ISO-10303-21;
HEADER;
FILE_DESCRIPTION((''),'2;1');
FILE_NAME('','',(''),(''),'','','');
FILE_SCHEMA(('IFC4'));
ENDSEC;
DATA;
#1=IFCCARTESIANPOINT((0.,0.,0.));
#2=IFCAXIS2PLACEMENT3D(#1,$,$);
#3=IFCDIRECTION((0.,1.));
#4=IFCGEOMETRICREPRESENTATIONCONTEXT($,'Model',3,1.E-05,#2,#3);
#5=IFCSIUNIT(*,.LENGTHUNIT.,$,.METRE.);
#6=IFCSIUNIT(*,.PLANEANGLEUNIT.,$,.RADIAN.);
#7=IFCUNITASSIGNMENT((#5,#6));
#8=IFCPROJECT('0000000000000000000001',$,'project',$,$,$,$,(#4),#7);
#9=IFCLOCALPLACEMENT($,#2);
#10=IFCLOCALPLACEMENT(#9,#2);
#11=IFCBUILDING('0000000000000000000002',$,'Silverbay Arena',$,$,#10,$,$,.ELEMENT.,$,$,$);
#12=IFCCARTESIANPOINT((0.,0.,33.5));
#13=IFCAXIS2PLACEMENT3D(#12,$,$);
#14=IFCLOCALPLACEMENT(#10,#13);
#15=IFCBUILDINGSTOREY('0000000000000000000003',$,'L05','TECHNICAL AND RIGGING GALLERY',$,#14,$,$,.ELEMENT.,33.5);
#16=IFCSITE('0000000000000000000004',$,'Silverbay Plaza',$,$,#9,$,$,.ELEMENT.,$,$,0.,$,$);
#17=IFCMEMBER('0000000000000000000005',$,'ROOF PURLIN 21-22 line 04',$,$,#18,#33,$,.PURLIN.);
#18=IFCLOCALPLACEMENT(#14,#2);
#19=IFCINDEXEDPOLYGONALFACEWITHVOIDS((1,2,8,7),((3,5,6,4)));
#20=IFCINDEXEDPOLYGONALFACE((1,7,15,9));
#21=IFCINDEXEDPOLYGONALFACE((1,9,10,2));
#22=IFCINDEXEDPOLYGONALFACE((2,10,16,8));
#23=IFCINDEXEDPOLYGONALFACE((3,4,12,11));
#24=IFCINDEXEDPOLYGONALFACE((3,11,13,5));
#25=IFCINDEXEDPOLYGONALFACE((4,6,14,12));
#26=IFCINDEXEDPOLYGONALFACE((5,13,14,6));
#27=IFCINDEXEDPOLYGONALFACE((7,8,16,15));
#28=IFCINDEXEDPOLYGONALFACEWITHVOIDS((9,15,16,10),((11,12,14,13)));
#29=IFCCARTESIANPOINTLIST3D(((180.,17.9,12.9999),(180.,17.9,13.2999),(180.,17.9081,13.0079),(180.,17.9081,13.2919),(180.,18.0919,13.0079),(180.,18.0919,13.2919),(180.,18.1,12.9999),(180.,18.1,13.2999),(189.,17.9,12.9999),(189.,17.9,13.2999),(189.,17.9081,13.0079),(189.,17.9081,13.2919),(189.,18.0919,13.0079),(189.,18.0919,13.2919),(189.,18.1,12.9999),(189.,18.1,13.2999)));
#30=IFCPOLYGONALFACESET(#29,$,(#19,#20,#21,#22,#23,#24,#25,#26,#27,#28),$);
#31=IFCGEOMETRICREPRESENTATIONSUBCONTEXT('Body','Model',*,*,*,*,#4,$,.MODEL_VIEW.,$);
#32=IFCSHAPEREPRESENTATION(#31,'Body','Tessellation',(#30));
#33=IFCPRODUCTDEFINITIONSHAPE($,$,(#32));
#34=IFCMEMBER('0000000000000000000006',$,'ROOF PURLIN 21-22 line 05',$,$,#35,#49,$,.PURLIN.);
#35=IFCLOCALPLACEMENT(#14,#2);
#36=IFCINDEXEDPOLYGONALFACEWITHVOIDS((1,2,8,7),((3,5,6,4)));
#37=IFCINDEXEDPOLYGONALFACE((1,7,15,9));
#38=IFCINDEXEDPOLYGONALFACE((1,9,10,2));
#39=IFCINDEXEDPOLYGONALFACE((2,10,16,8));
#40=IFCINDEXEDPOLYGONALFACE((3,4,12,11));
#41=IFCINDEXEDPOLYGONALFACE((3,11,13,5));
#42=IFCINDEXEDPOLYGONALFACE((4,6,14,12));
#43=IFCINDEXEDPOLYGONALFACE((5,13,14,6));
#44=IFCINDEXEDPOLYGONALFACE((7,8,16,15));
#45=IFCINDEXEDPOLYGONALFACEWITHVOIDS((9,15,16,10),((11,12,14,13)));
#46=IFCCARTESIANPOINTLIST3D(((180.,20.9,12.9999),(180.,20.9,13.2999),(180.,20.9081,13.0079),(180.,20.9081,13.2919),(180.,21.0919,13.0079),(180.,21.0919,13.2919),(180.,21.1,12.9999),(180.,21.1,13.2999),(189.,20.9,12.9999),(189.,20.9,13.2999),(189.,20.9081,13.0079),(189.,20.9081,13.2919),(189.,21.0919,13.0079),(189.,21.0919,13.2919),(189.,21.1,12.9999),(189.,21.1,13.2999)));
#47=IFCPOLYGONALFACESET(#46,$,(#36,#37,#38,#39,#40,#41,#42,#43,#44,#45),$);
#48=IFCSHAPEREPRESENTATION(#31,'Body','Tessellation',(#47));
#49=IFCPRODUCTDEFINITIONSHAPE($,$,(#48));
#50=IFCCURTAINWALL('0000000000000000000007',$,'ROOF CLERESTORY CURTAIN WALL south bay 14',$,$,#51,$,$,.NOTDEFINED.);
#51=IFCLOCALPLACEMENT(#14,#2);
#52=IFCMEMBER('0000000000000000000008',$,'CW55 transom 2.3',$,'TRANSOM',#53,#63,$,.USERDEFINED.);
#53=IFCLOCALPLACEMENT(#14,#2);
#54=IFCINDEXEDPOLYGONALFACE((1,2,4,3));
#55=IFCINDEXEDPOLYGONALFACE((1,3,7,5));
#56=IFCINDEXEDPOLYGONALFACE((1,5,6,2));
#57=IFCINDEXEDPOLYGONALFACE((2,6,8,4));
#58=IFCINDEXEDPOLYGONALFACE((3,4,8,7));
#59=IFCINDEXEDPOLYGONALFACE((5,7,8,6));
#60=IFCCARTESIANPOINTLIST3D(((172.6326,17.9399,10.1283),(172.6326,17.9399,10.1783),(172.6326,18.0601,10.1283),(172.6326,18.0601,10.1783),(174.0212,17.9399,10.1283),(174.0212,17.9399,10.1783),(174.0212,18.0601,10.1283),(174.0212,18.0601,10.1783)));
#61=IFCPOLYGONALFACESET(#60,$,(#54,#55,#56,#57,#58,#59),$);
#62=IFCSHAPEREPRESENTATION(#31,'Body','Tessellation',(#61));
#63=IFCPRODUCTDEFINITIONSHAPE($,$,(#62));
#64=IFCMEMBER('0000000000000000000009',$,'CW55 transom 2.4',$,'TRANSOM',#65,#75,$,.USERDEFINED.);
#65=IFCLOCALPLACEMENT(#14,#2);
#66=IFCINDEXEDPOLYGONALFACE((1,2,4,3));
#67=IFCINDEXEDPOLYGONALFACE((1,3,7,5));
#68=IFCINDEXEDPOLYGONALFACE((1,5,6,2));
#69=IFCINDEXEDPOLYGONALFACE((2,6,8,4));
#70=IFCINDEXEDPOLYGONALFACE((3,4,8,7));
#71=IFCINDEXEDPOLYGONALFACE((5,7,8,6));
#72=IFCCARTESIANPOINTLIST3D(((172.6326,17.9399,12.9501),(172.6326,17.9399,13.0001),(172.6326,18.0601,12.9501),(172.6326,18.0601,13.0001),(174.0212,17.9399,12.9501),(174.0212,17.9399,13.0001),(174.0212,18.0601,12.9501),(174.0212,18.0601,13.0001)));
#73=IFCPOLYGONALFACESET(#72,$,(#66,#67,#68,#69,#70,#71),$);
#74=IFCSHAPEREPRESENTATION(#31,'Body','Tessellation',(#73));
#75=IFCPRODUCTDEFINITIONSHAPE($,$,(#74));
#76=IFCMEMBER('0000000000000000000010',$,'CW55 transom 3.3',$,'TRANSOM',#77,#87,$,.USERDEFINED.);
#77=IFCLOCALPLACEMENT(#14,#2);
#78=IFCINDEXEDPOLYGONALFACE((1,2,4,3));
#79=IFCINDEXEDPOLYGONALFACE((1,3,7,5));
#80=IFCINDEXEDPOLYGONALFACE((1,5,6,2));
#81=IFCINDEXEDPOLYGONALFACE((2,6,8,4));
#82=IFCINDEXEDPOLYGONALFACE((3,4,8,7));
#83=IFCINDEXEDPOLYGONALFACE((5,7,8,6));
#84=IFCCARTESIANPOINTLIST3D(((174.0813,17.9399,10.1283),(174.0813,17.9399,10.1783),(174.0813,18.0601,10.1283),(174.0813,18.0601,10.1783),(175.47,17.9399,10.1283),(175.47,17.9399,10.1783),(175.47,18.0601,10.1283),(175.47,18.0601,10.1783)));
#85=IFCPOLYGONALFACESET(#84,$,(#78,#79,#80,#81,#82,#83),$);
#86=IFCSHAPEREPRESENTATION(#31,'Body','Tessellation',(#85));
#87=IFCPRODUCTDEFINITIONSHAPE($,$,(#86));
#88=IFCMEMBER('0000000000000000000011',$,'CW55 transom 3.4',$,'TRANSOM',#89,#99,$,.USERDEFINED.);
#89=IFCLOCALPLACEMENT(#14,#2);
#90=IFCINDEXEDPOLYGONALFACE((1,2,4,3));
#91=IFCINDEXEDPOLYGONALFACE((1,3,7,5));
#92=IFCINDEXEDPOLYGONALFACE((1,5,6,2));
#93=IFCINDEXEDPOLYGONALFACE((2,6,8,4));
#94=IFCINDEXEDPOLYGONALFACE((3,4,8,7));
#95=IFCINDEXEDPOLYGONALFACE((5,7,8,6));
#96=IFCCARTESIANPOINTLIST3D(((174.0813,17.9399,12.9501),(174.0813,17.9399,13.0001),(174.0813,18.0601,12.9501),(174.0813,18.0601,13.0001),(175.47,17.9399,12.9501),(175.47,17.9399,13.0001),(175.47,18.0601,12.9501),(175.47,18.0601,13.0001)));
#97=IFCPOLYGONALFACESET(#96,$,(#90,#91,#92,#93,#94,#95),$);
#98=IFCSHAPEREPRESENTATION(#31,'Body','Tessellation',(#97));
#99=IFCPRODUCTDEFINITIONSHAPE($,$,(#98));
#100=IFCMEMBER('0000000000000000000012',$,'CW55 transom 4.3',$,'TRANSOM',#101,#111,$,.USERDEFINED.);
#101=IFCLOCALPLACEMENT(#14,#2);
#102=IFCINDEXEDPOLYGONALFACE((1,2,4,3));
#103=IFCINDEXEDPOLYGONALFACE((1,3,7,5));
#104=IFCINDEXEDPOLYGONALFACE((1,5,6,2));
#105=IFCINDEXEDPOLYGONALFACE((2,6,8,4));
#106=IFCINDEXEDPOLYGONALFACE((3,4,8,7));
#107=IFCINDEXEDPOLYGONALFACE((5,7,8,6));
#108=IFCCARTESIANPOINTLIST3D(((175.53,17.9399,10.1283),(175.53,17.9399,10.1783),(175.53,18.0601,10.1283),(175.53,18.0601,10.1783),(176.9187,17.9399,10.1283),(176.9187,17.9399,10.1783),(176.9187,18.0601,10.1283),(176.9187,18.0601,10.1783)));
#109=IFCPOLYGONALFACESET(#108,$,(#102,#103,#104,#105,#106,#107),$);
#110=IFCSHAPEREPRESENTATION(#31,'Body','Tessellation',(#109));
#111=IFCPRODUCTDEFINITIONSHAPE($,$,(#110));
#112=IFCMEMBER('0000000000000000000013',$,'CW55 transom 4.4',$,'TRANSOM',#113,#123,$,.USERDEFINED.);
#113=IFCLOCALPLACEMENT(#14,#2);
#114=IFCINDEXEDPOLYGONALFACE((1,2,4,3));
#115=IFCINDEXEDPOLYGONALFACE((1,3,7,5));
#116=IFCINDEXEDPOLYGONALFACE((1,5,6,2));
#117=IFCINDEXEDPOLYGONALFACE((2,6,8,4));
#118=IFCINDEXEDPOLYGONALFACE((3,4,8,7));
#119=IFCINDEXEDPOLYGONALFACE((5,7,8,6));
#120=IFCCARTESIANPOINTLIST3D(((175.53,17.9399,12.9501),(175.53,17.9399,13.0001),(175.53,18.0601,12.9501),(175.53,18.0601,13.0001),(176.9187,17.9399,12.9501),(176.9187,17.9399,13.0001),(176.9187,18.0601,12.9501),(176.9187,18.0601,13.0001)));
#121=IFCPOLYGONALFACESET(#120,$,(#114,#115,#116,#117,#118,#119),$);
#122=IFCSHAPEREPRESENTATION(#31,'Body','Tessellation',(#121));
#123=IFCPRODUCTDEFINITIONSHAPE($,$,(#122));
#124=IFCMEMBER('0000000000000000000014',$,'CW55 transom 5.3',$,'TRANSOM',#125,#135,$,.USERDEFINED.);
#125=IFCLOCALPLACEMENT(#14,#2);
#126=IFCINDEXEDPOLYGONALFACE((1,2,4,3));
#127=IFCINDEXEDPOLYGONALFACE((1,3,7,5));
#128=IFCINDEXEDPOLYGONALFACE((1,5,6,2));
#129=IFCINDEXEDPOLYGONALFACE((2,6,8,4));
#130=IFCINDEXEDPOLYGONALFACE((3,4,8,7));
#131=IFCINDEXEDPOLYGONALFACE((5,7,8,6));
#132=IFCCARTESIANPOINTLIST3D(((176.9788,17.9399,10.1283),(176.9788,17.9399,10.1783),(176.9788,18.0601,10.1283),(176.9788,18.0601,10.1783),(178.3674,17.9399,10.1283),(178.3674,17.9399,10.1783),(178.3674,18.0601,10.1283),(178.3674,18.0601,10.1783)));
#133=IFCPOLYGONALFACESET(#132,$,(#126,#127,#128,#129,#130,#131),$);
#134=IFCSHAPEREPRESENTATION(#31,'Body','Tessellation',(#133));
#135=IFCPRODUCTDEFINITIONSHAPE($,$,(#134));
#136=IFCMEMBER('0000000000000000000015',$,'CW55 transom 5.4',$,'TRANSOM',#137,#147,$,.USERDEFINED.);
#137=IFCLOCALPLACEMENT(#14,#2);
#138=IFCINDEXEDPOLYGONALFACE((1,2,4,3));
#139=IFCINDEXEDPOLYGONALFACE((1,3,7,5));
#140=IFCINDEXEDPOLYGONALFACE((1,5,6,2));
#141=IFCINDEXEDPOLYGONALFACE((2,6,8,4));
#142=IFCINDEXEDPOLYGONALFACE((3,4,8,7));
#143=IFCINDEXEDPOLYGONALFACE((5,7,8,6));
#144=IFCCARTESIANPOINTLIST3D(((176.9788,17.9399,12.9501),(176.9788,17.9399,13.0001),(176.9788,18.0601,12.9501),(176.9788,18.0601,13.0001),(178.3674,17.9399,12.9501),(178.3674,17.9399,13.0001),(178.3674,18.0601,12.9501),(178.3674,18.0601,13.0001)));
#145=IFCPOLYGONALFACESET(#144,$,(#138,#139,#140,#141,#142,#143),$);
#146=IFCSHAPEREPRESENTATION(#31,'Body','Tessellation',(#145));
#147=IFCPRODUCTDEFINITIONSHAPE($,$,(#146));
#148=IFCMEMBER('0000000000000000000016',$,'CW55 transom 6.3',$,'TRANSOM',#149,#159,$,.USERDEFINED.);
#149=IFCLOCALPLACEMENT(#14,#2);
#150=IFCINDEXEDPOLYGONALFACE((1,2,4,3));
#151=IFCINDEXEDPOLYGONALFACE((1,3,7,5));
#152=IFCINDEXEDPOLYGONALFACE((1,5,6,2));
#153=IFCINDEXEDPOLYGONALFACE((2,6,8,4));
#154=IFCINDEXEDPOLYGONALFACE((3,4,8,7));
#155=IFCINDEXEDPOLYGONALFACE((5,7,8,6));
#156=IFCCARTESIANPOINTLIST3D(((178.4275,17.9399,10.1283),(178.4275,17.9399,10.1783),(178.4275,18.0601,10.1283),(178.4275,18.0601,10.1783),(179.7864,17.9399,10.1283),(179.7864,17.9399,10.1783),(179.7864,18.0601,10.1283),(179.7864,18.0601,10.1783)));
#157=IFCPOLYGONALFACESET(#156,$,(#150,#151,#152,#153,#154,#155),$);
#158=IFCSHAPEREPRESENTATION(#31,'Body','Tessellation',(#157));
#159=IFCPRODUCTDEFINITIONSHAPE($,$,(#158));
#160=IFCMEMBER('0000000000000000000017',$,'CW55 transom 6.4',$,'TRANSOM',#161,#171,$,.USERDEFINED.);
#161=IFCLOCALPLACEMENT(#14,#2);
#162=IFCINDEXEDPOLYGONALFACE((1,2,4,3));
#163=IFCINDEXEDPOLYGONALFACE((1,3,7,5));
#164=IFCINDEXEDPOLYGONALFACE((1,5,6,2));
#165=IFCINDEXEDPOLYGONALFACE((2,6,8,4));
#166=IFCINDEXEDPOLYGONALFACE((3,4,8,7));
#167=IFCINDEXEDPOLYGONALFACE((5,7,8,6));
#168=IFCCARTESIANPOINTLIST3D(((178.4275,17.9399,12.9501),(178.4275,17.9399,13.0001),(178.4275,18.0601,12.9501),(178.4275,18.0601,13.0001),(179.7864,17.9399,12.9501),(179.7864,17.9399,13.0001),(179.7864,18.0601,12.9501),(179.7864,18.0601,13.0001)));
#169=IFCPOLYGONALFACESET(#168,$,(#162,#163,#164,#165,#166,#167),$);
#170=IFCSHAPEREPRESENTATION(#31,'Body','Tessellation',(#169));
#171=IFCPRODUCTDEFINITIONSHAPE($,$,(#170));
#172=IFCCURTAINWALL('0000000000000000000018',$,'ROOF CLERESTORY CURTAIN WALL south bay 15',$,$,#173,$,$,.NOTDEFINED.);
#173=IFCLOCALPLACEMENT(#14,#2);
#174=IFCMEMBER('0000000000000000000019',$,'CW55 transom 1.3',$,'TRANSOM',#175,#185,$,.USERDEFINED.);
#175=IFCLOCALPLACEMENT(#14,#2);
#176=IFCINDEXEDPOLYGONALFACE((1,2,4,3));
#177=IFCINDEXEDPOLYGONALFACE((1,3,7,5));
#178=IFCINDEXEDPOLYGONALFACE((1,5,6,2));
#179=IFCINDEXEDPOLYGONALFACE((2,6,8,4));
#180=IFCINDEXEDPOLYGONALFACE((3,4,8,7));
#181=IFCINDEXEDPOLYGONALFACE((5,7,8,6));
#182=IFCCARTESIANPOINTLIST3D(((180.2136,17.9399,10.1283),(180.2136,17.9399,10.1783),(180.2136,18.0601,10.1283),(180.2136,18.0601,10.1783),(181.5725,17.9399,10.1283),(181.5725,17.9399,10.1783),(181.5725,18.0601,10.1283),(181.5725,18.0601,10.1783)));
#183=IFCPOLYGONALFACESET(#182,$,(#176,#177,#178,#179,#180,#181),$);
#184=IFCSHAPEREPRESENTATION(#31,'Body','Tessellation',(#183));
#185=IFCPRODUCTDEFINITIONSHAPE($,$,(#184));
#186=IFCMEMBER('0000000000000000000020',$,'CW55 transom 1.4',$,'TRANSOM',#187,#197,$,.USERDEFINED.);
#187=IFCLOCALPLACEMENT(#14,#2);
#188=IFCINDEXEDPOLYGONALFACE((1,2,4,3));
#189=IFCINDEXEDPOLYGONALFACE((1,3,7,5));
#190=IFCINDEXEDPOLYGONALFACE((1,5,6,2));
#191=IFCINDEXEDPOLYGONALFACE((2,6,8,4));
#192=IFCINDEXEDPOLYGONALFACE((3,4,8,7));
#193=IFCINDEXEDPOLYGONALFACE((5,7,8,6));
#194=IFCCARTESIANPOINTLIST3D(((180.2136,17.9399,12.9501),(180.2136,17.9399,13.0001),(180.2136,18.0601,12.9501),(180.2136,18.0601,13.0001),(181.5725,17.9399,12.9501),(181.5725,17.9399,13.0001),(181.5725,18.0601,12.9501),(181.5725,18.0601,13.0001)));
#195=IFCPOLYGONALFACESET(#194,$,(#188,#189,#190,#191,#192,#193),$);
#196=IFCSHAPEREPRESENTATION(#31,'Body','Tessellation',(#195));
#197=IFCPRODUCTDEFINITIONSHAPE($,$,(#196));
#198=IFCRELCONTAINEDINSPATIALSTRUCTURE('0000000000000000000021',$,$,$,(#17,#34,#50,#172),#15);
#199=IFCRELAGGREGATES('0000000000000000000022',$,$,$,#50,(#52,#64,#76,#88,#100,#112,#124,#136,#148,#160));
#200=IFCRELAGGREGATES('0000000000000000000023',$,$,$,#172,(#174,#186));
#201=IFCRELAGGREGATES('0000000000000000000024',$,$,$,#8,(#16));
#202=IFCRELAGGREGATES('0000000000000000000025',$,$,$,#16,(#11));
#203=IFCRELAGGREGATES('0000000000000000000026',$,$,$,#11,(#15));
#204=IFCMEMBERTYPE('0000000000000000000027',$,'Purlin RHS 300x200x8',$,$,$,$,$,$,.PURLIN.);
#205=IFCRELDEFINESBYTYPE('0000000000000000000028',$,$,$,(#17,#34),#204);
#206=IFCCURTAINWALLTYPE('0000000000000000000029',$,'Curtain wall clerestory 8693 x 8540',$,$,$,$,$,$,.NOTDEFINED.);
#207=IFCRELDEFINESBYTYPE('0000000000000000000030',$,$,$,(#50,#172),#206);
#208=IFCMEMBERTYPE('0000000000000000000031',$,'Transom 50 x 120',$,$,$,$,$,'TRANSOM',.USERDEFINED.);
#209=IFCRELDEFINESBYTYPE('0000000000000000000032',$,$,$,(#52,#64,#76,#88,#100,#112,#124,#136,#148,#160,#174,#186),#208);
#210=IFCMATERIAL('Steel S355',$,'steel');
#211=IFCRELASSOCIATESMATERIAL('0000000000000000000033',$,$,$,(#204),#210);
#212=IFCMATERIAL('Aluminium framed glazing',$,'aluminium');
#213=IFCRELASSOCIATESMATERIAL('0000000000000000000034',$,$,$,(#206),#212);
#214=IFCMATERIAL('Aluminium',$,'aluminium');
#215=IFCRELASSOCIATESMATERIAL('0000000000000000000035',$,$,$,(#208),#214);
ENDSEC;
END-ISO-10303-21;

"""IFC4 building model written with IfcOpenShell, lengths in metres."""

from ifc_helpers import new_model, si_unit, direction, frame, origin, origin_2d, place, context, subcontext, project, spatial, rectangle, hollow_rectangle, extrude, material, material_profile, profile_set, type_object, element, aggregate, save


model = new_model("IFC4")

# Units and contexts
model_context = context("Model", 3, precision=1e-05, world=origin(), true_north=direction((0.0, 1.0)))
body_context = subcontext(model_context, "Body", "Model", "MODEL_VIEW")
ifc_project = project(units=[si_unit("LENGTHUNIT", "METRE"), si_unit("PLANEANGLEUNIT", "RADIAN")], contexts=[model_context])

# Site, building, storey
site_placement = place(None, origin())
site = spatial("IfcSite", under=ifc_project, at=site_placement, Name="Silverbay Plaza", CompositionType="ELEMENT", RefElevation=0.0)
building_placement = place(site_placement, origin())
building = spatial("IfcBuilding", under=site, at=building_placement, Name="Silverbay Arena", CompositionType="ELEMENT")
storey_placement = place(building_placement, frame((0.0, 0.0, 33.5)))
storey = spatial("IfcBuildingStorey", under=building, at=storey_placement, Name="L05", Description="TECHNICAL AND RIGGING GALLERY", CompositionType="ELEMENT", Elevation=33.5)

# Members
ifc_material_1 = material(Name="Steel S355", Category="steel")
ifc_material_profile_1 = material_profile(ifc_material_1, hollow_rectangle(XDim=0.2, YDim=0.3, WallThickness=0.0081, at=origin_2d()), Name="RHS 300x200x8")
ifc_profile_set_1 = profile_set([ifc_material_profile_1], Name="Steel S355")
member_type_1 = type_object("IfcMemberType", Name="Purlin RHS 300x200x8", PredefinedType="PURLIN", material=ifc_profile_set_1)
for number, where, z_axis, x_axis, name in (
    (1, (180.0, 18.0, 13.1499), (1.0, 0.0, 0.0), (0.0, 1.0, 0.0), "ROOF PURLIN 21-22 line 04"),
    (2, (180.0, 21.0, 13.1499), (1.0, 0.0, 0.0), (0.0, 1.0, 0.0), "ROOF PURLIN 21-22 line 05"),
):
    element("IfcMember", number, at=place(storey_placement, frame(where, z_axis=z_axis, x_axis=x_axis)), inside=storey, type_object=member_type_1, Name=name, PredefinedType="PURLIN", context=body_context, shape_type="SweptSolid", body=[
        extrude(hollow_rectangle(XDim=0.2, YDim=0.3, WallThickness=0.0081, at=origin_2d()), origin(), (0.0, 0.0, 1.0), 9.0),
    ])

# Curtain walls, members
ifc_material_2 = material(Name="Aluminium framed glazing", Category="aluminium")
curtain_wall_type = type_object("IfcCurtainWallType", Name="Curtain wall clerestory 8693 x 8540", PredefinedType="NOTDEFINED", material=ifc_material_2)
curtain_wall_1_placement = place(storey_placement, origin())
curtain_wall_1 = element("IfcCurtainWall", 3, at=curtain_wall_1_placement, inside=storey, type_object=curtain_wall_type, Name="ROOF CLERESTORY CURTAIN WALL south bay 14", PredefinedType="NOTDEFINED")
ifc_material_3 = material(Name="Aluminium", Category="aluminium")
ifc_material_profile_2 = material_profile(ifc_material_3, rectangle(XDim=0.1201, YDim=0.05, at=origin_2d()), Name="Transom 50 x 120")
ifc_profile_set_2 = profile_set([ifc_material_profile_2], Name="Aluminium")
member_type_2 = type_object("IfcMemberType", Name="Transom 50 x 120", ElementType="TRANSOM", PredefinedType="USERDEFINED", material=ifc_profile_set_2)
member_1_placement = place(storey_placement, frame((172.6326, 18.0, 10.1533), z_axis=(1.0, 0.0, 0.0), x_axis=(0.0, 1.0, 0.0)))
member_1 = element("IfcMember", 4, at=member_1_placement, type_object=member_type_2, Name="CW55 transom 2.3", ObjectType="TRANSOM", PredefinedType="USERDEFINED", context=body_context, shape_type="SweptSolid", body=[
    extrude(rectangle(XDim=0.1201, YDim=0.05, at=origin_2d()), origin(), (0.0, 0.0, 1.0), 1.3887),
])
member_2_placement = place(storey_placement, frame((172.6326, 18.0, 12.9751), z_axis=(1.0, 0.0, 0.0), x_axis=(0.0, 1.0, 0.0)))
member_2 = element("IfcMember", 5, at=member_2_placement, type_object=member_type_2, Name="CW55 transom 2.4", ObjectType="TRANSOM", PredefinedType="USERDEFINED", context=body_context, shape_type="SweptSolid", body=[
    extrude(rectangle(XDim=0.1201, YDim=0.05, at=origin_2d()), origin(), (0.0, 0.0, 1.0), 1.3887),
])
member_3_placement = place(storey_placement, frame((174.0813, 18.0, 10.1533), z_axis=(1.0, 0.0, 0.0), x_axis=(0.0, 1.0, 0.0)))
member_3 = element("IfcMember", 6, at=member_3_placement, type_object=member_type_2, Name="CW55 transom 3.3", ObjectType="TRANSOM", PredefinedType="USERDEFINED", context=body_context, shape_type="SweptSolid", body=[
    extrude(rectangle(XDim=0.1201, YDim=0.05, at=origin_2d()), origin(), (0.0, 0.0, 1.0), 1.3887),
])
member_4_placement = place(storey_placement, frame((174.0813, 18.0, 12.9751), z_axis=(1.0, 0.0, 0.0), x_axis=(0.0, 1.0, 0.0)))
member_4 = element("IfcMember", 7, at=member_4_placement, type_object=member_type_2, Name="CW55 transom 3.4", ObjectType="TRANSOM", PredefinedType="USERDEFINED", context=body_context, shape_type="SweptSolid", body=[
    extrude(rectangle(XDim=0.1201, YDim=0.05, at=origin_2d()), origin(), (0.0, 0.0, 1.0), 1.3887),
])
member_5_placement = place(storey_placement, frame((175.53, 18.0, 10.1533), z_axis=(1.0, 0.0, 0.0), x_axis=(0.0, 1.0, 0.0)))
member_5 = element("IfcMember", 8, at=member_5_placement, type_object=member_type_2, Name="CW55 transom 4.3", ObjectType="TRANSOM", PredefinedType="USERDEFINED", context=body_context, shape_type="SweptSolid", body=[
    extrude(rectangle(XDim=0.1201, YDim=0.05, at=origin_2d()), origin(), (0.0, 0.0, 1.0), 1.3887),
])
member_6_placement = place(storey_placement, frame((175.53, 18.0, 12.9751), z_axis=(1.0, 0.0, 0.0), x_axis=(0.0, 1.0, 0.0)))
member_6 = element("IfcMember", 9, at=member_6_placement, type_object=member_type_2, Name="CW55 transom 4.4", ObjectType="TRANSOM", PredefinedType="USERDEFINED", context=body_context, shape_type="SweptSolid", body=[
    extrude(rectangle(XDim=0.1201, YDim=0.05, at=origin_2d()), origin(), (0.0, 0.0, 1.0), 1.3887),
])
member_7_placement = place(storey_placement, frame((176.9788, 18.0, 10.1533), z_axis=(1.0, 0.0, 0.0), x_axis=(0.0, 1.0, 0.0)))
member_7 = element("IfcMember", 10, at=member_7_placement, type_object=member_type_2, Name="CW55 transom 5.3", ObjectType="TRANSOM", PredefinedType="USERDEFINED", context=body_context, shape_type="SweptSolid", body=[
    extrude(rectangle(XDim=0.1201, YDim=0.05, at=origin_2d()), origin(), (0.0, 0.0, 1.0), 1.3887),
])
member_8_placement = place(storey_placement, frame((176.9788, 18.0, 12.9751), z_axis=(1.0, 0.0, 0.0), x_axis=(0.0, 1.0, 0.0)))
member_8 = element("IfcMember", 11, at=member_8_placement, type_object=member_type_2, Name="CW55 transom 5.4", ObjectType="TRANSOM", PredefinedType="USERDEFINED", context=body_context, shape_type="SweptSolid", body=[
    extrude(rectangle(XDim=0.1201, YDim=0.05, at=origin_2d()), origin(), (0.0, 0.0, 1.0), 1.3887),
])
member_9_placement = place(storey_placement, frame((178.4275, 18.0, 10.1533), z_axis=(1.0, 0.0, 0.0), x_axis=(0.0, 1.0, 0.0)))
member_9 = element("IfcMember", 12, at=member_9_placement, type_object=member_type_2, Name="CW55 transom 6.3", ObjectType="TRANSOM", PredefinedType="USERDEFINED", context=body_context, shape_type="SweptSolid", body=[
    extrude(rectangle(XDim=0.1201, YDim=0.05, at=origin_2d()), origin(), (0.0, 0.0, 1.0), 1.3589),
])
member_10_placement = place(storey_placement, frame((178.4275, 18.0, 12.9751), z_axis=(1.0, 0.0, 0.0), x_axis=(0.0, 1.0, 0.0)))
member_10 = element("IfcMember", 13, at=member_10_placement, type_object=member_type_2, Name="CW55 transom 6.4", ObjectType="TRANSOM", PredefinedType="USERDEFINED", context=body_context, shape_type="SweptSolid", body=[
    extrude(rectangle(XDim=0.1201, YDim=0.05, at=origin_2d()), origin(), (0.0, 0.0, 1.0), 1.3589),
])
curtain_wall_2_placement = place(storey_placement, origin())
curtain_wall_2 = element("IfcCurtainWall", 14, at=curtain_wall_2_placement, inside=storey, type_object=curtain_wall_type, Name="ROOF CLERESTORY CURTAIN WALL south bay 15", PredefinedType="NOTDEFINED")
member_11_placement = place(storey_placement, frame((180.2136, 18.0, 10.1533), z_axis=(1.0, 0.0, 0.0), x_axis=(0.0, 1.0, 0.0)))
member_11 = element("IfcMember", 15, at=member_11_placement, type_object=member_type_2, Name="CW55 transom 1.3", ObjectType="TRANSOM", PredefinedType="USERDEFINED", context=body_context, shape_type="SweptSolid", body=[
    extrude(rectangle(XDim=0.1201, YDim=0.05, at=origin_2d()), origin(), (0.0, 0.0, 1.0), 1.3589),
])
member_12_placement = place(storey_placement, frame((180.2136, 18.0, 12.9751), z_axis=(1.0, 0.0, 0.0), x_axis=(0.0, 1.0, 0.0)))
member_12 = element("IfcMember", 16, at=member_12_placement, type_object=member_type_2, Name="CW55 transom 1.4", ObjectType="TRANSOM", PredefinedType="USERDEFINED", context=body_context, shape_type="SweptSolid", body=[
    extrude(rectangle(XDim=0.1201, YDim=0.05, at=origin_2d()), origin(), (0.0, 0.0, 1.0), 1.3589),
])

aggregate(curtain_wall_1, [member_1, member_2, member_3, member_4, member_5, member_6, member_7, member_8, member_9, member_10])
aggregate(curtain_wall_2, [member_11, member_12])

save(model, "model.ifc")
